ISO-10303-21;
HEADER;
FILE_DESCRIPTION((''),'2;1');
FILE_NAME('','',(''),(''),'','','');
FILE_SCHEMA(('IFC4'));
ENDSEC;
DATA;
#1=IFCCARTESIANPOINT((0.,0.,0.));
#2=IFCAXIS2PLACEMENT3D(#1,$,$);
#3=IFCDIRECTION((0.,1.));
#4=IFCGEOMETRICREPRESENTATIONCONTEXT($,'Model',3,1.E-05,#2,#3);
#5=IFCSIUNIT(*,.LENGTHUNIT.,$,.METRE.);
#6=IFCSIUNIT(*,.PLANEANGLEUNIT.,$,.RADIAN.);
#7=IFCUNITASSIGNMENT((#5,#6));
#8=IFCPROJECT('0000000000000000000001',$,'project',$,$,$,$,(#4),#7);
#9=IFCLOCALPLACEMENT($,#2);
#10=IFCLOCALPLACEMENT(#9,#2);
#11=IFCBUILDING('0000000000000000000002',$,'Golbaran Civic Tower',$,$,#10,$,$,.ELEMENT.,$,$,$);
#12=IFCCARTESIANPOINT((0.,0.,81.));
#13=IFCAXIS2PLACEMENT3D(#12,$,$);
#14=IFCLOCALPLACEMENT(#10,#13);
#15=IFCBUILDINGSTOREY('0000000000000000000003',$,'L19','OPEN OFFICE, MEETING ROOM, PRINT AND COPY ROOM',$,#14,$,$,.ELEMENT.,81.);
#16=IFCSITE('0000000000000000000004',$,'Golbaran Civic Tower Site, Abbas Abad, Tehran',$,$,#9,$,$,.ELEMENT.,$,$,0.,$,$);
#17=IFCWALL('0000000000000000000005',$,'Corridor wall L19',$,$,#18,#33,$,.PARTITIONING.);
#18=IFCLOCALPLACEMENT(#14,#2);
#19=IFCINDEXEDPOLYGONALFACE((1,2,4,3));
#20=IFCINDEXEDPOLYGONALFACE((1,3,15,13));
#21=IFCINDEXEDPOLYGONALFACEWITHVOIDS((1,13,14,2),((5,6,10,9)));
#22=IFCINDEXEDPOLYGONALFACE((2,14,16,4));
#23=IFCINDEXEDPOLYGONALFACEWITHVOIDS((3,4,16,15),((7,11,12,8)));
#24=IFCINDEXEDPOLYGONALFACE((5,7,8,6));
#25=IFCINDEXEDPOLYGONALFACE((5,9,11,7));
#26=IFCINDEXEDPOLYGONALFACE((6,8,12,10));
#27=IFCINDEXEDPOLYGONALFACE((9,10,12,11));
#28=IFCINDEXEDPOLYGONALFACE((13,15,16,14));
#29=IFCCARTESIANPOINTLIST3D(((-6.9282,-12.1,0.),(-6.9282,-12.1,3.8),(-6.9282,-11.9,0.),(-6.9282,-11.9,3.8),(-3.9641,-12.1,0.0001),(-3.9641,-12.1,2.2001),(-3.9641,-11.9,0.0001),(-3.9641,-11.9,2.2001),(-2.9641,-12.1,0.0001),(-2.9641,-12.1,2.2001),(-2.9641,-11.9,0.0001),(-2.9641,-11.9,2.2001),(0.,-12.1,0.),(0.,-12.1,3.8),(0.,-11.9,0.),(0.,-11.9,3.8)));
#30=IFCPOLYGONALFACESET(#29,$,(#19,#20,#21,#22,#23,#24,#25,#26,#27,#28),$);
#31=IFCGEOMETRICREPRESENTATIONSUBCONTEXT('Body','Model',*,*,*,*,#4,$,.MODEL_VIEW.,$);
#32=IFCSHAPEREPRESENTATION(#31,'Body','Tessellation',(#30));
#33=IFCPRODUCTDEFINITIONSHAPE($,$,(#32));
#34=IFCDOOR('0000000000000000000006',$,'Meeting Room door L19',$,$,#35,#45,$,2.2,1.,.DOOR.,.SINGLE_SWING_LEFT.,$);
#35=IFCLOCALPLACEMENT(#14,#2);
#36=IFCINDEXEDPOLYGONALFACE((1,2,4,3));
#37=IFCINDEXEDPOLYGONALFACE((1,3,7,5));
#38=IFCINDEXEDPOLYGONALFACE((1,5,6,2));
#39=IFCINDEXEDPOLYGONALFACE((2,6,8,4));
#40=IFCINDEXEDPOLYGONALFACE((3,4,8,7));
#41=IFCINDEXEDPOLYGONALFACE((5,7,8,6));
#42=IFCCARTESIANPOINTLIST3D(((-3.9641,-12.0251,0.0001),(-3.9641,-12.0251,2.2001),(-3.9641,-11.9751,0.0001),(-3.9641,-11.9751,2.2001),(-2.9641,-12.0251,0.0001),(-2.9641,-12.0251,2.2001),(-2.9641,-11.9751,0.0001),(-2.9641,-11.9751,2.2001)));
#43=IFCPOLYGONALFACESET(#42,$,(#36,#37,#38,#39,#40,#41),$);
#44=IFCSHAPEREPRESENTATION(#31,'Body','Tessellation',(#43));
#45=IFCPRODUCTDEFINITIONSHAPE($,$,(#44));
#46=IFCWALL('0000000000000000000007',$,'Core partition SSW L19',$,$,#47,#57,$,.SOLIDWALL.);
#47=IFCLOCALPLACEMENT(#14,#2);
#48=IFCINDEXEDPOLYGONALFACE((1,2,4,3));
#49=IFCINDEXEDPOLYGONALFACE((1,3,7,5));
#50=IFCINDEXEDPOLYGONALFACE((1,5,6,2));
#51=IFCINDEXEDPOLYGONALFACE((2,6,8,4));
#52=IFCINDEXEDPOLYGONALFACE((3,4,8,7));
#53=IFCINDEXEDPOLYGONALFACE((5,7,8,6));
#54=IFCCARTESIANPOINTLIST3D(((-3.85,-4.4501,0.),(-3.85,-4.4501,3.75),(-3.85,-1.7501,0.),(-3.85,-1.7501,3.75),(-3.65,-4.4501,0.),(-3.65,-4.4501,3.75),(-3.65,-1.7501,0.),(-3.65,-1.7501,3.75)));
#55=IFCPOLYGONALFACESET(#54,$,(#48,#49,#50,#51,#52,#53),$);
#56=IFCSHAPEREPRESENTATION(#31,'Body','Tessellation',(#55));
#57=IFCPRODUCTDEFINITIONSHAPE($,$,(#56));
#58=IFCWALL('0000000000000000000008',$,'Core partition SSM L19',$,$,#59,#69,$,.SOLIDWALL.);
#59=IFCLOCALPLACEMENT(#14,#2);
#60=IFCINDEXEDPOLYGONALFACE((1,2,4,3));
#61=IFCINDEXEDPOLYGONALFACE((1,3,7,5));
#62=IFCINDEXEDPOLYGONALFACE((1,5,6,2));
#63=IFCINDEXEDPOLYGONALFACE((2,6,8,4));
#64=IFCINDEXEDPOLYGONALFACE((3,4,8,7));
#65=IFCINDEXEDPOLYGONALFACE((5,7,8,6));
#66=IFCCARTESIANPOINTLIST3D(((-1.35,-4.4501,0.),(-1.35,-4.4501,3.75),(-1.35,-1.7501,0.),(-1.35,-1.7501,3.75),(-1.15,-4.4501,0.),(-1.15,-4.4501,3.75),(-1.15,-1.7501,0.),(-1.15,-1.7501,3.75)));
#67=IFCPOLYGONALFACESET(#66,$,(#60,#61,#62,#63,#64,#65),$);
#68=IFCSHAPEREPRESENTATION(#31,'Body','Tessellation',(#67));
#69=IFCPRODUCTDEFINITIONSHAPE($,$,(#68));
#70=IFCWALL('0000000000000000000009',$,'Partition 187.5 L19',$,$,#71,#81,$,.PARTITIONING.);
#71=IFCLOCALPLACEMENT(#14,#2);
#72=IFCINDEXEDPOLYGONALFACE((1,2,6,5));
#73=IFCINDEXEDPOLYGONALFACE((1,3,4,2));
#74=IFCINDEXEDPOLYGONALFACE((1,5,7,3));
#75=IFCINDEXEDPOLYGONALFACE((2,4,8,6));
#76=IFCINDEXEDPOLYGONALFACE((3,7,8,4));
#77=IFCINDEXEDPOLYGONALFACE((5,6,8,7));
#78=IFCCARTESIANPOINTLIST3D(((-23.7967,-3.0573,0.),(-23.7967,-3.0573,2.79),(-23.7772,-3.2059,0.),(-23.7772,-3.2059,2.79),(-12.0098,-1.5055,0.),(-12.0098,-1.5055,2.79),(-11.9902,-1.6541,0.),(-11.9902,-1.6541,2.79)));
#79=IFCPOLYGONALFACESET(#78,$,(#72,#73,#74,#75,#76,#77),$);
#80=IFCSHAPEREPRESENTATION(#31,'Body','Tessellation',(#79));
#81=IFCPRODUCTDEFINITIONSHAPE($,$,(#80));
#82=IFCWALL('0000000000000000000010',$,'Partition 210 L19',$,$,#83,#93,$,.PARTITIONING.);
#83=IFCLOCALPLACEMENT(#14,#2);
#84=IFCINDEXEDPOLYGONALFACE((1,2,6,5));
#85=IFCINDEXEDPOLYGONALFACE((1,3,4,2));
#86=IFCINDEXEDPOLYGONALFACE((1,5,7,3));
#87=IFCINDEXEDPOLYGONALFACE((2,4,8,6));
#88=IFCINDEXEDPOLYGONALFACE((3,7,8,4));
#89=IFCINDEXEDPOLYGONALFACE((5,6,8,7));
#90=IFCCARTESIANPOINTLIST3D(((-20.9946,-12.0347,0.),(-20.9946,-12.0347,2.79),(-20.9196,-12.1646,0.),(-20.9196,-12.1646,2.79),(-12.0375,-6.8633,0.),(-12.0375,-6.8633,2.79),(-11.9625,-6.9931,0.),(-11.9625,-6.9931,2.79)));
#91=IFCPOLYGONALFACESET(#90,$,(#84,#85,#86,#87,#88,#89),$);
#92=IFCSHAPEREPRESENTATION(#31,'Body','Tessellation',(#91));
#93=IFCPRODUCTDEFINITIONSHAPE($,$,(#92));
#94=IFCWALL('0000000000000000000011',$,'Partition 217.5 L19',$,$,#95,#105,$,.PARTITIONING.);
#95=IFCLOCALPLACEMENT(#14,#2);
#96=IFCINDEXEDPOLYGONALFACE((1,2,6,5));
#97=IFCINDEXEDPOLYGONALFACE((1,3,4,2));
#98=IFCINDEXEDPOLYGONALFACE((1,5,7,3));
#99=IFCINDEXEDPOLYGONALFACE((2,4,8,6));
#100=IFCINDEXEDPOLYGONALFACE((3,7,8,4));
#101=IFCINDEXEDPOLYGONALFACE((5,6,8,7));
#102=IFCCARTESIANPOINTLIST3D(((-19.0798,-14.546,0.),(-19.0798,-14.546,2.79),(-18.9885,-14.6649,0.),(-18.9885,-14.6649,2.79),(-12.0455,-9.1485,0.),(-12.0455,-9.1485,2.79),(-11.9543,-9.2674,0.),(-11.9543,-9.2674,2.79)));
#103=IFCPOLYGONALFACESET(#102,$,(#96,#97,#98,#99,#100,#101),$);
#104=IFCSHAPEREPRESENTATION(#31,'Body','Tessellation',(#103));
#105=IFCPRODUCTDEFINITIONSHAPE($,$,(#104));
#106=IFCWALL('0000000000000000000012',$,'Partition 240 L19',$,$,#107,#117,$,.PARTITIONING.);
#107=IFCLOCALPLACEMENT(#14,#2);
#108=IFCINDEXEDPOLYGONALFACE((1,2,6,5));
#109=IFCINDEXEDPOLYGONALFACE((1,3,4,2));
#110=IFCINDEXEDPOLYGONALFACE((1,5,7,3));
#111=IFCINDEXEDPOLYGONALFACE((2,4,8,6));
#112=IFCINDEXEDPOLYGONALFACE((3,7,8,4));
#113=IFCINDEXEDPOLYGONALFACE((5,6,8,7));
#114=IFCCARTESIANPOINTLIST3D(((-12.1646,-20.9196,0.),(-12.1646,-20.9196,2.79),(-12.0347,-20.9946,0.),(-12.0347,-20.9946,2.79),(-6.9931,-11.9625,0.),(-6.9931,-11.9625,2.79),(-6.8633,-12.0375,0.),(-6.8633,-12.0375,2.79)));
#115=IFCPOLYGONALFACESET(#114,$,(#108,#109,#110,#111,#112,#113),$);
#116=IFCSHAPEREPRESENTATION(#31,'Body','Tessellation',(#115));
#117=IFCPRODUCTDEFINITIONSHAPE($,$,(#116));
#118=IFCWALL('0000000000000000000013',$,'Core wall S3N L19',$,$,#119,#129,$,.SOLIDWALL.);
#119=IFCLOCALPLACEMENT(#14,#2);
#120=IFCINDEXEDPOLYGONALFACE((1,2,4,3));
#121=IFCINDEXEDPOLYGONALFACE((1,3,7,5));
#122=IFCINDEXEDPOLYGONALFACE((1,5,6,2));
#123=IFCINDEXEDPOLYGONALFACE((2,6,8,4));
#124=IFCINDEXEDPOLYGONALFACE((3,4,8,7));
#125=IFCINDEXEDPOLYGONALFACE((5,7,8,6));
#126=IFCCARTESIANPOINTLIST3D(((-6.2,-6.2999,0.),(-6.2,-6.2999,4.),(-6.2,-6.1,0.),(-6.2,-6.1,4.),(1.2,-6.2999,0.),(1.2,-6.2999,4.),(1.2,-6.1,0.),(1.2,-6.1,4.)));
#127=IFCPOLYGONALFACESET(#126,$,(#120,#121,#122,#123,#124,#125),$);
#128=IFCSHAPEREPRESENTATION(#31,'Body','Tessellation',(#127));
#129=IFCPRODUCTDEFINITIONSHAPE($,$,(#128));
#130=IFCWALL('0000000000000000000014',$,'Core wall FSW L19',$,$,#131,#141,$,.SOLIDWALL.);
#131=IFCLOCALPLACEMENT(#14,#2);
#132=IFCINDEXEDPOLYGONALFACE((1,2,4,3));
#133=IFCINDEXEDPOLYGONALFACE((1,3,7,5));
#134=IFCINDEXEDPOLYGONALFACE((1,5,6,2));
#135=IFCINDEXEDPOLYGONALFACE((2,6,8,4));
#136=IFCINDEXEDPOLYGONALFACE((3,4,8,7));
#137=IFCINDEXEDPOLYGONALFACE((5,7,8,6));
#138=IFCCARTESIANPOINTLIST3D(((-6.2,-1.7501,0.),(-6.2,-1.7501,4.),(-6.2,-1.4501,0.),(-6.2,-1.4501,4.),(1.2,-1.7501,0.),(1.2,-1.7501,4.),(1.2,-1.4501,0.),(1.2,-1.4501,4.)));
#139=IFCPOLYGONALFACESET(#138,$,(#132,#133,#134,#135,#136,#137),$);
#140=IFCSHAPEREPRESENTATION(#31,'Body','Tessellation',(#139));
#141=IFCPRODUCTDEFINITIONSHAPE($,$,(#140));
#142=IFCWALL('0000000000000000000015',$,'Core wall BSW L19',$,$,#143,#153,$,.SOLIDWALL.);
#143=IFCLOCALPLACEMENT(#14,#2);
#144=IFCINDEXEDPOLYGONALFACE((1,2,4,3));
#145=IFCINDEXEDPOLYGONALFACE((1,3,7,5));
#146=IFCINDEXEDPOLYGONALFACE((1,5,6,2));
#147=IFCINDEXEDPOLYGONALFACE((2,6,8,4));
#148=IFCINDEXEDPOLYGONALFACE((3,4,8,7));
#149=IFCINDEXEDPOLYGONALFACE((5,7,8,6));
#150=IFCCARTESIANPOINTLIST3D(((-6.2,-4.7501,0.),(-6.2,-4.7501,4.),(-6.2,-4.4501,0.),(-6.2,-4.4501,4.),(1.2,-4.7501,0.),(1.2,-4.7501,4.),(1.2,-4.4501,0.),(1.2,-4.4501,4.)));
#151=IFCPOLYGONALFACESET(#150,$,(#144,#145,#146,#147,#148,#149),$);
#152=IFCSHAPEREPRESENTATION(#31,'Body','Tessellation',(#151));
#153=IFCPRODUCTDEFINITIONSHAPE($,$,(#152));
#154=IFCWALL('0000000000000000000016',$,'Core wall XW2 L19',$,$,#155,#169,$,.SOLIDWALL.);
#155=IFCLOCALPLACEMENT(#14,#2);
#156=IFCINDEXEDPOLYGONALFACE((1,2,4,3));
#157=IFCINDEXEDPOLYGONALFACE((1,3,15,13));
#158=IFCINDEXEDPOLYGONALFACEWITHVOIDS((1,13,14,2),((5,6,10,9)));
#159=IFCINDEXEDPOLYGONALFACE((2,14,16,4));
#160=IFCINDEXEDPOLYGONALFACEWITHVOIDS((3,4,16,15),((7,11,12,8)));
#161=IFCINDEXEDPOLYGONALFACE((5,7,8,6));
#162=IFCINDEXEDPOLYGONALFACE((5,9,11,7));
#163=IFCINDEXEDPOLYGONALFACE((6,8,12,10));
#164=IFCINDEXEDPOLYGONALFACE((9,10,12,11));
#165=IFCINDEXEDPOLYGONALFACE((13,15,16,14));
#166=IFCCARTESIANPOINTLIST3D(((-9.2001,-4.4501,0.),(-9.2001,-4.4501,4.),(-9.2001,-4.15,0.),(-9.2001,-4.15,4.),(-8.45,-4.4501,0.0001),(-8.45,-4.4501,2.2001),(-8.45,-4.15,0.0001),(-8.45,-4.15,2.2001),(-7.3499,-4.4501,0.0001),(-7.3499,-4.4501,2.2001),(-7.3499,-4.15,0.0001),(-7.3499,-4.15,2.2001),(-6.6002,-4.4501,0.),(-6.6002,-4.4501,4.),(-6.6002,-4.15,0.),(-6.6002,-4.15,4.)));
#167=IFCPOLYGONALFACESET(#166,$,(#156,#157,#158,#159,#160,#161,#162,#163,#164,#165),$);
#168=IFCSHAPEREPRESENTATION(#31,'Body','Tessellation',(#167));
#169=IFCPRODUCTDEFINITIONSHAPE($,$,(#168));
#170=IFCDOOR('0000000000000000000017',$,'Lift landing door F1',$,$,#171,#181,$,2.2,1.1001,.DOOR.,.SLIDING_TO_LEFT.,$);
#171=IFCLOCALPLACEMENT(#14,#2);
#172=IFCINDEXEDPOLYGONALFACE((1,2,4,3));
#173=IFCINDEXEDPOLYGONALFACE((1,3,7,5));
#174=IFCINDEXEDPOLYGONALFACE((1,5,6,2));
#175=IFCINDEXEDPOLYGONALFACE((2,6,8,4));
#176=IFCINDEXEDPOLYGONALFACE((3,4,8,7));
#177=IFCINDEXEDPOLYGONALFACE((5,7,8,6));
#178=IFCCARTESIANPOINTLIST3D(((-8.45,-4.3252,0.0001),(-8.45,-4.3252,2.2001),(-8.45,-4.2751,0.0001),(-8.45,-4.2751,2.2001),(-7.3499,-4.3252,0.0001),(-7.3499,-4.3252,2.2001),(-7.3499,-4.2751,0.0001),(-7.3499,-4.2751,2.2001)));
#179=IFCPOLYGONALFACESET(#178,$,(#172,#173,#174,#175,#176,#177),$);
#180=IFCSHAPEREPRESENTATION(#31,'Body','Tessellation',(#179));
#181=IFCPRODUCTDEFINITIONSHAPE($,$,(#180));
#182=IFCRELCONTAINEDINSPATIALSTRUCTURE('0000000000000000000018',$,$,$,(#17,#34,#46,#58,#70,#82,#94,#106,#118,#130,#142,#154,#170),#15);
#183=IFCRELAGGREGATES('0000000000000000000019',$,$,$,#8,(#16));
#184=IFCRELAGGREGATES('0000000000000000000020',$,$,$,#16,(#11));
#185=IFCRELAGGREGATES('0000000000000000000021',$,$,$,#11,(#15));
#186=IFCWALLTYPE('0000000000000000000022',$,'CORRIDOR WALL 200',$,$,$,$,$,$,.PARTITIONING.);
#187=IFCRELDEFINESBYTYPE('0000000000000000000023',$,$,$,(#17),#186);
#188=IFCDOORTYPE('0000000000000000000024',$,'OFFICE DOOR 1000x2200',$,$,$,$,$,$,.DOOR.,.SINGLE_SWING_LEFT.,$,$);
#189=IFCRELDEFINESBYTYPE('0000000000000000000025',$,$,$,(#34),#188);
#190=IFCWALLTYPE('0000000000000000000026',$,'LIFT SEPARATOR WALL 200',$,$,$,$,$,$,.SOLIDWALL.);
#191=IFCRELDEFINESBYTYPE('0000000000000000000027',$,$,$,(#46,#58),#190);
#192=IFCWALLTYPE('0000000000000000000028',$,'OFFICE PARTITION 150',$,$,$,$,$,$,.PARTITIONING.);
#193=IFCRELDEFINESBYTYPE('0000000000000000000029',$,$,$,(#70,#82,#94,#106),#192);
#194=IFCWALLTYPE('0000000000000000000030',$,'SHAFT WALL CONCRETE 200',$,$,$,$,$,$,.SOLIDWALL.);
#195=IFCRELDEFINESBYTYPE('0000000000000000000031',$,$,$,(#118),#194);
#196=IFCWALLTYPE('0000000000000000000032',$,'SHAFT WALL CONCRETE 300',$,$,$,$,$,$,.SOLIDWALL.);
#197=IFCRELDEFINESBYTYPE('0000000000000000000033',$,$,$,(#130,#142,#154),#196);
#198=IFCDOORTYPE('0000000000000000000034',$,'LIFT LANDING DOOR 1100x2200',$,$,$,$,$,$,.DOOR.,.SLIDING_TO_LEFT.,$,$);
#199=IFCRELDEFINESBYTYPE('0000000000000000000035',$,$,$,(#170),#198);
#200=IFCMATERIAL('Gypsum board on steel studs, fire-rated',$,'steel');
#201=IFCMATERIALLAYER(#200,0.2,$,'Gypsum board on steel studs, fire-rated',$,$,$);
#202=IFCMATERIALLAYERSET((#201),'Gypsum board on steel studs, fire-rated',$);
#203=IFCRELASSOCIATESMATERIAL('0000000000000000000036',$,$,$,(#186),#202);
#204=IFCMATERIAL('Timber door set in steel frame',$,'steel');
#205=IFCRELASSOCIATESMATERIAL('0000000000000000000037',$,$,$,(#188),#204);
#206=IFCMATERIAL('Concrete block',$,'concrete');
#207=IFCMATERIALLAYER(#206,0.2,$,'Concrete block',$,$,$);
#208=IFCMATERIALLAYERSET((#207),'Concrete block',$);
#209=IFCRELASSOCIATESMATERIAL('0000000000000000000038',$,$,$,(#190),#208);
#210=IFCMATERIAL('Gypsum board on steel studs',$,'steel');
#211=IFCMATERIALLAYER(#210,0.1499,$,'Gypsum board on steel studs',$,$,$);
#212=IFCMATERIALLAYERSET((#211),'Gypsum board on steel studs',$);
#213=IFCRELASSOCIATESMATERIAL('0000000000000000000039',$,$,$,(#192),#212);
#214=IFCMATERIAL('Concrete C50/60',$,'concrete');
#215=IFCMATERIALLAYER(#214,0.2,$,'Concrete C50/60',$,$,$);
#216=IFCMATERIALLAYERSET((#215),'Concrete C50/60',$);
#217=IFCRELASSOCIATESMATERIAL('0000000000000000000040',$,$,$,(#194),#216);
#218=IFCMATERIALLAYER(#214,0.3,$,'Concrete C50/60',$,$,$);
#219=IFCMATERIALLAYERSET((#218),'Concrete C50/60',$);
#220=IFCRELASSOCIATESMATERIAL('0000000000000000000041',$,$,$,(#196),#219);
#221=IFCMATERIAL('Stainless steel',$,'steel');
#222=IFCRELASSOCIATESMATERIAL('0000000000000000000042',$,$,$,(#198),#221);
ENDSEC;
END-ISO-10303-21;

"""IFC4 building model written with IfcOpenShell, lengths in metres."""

from ifc_helpers import new_model, si_unit, direction, frame, frame_2d, origin, place, context, subcontext, project, spatial, rectangle, extrude, material, layer, layer_set, type_object, element, fill, save


model = new_model("IFC4")

# Units and contexts
model_context = context("Model", 3, precision=1e-05, world=origin(), true_north=direction((0.0, 1.0)))
body_context = subcontext(model_context, "Body", "Model", "MODEL_VIEW")
ifc_project = project(units=[si_unit("LENGTHUNIT", "METRE"), si_unit("PLANEANGLEUNIT", "RADIAN")], contexts=[model_context])

# Site, building, storey
site_placement = place(None, origin())
site = spatial("IfcSite", under=ifc_project, at=site_placement, Name="Golbaran Civic Tower Site, Abbas Abad, Tehran", CompositionType="ELEMENT", RefElevation=0.0)
building_placement = place(site_placement, origin())
building = spatial("IfcBuilding", under=site, at=building_placement, Name="Golbaran Civic Tower", CompositionType="ELEMENT")
storey_placement = place(building_placement, frame((0.0, 0.0, 81.0)))
storey = spatial("IfcBuildingStorey", under=building, at=storey_placement, Name="L19", Description="OPEN OFFICE, MEETING ROOM, PRINT AND COPY ROOM", CompositionType="ELEMENT", Elevation=81.0)

# Shared definitions
ifc_material_1 = material(Name="Concrete C50/60", Category="concrete")
ifc_material_2 = material(Name="Timber door set in steel frame", Category="steel")
ifc_material_3 = material(Name="Gypsum board on steel studs, fire-rated", Category="steel")
ifc_layer_1 = layer(ifc_material_3, 0.2, Name="Gypsum board on steel studs, fire-rated")
ifc_layer_set_1 = layer_set([ifc_layer_1], Name="Gypsum board on steel studs, fire-rated")
wall_type_1 = type_object("IfcWallType", Name="CORRIDOR WALL 200", PredefinedType="PARTITIONING", material=ifc_layer_set_1)
door_type_1 = type_object("IfcDoorType", Name="OFFICE DOOR 1000x2200", OperationType="SINGLE_SWING_LEFT", PredefinedType="DOOR", material=ifc_material_2)

# Wall, opening, door
wall_1_placement = place(storey_placement, frame((-6.9282, -12.0, 0.0), z_axis=(0.0, 0.0, 1.0), x_axis=(1.0, 0.0, 0.0)))
wall_1 = element("IfcWall", 1, at=wall_1_placement, inside=storey, type_object=wall_type_1, Name="Corridor wall L19", PredefinedType="PARTITIONING", context=body_context, shape_type="SweptSolid", body=[
    extrude(rectangle(XDim=6.9282, YDim=0.2, at=frame_2d((3.4641, 0.0))), origin(), (0.0, 0.0, 1.0), 3.8),
])
opening_1_placement = place(wall_1_placement, frame((2.9641, 0.0, 0.0)))
opening_1 = element("IfcOpeningElement", 2, at=opening_1_placement, cuts=wall_1, PredefinedType="OPENING", context=body_context, shape_type="SweptSolid", body=[
    extrude(rectangle(XDim=1.0, YDim=2.2, at=frame_2d((0.5, 1.1001))), frame((0.0, 0.1099, 0.0), z_axis=(0.0, -1.0, 0.0), x_axis=(1.0, 0.0, 0.0)), (0.0, 0.0, 1.0), 0.22),
])
door_1_placement = place(opening_1_placement, origin())
door_1 = element("IfcDoor", 3, at=door_1_placement, inside=storey, type_object=door_type_1, Name="Meeting Room door L19", OperationType="SINGLE_SWING_LEFT", OverallHeight=2.2, OverallWidth=1.0, PredefinedType="DOOR", context=body_context, shape_type="SweptSolid", body=[
    extrude(rectangle(XDim=1.0, YDim=2.2, at=frame_2d((0.5, 1.1001))), frame((0.0, 0.0249, 0.0), z_axis=(0.0, -1.0, 0.0), x_axis=(1.0, 0.0, 0.0)), (0.0, 0.0, 1.0), 0.05),
])
fill(opening_1, door_1)

# Walls
ifc_material_4 = material(Name="Concrete block", Category="concrete")
ifc_layer_2 = layer(ifc_material_4, 0.2, Name="Concrete block")
ifc_layer_set_2 = layer_set([ifc_layer_2], Name="Concrete block")
wall_type_2 = type_object("IfcWallType", Name="LIFT SEPARATOR WALL 200", PredefinedType="SOLIDWALL", material=ifc_layer_set_2)
for number, where, z_axis, x_axis, name in (
    (4, (-3.75, -1.75, 0.0), (0.0, 0.0, 1.0), (0.0, -1.0, 0.0), "Core partition SSW L19"),
    (5, (-1.25, -1.75, 0.0), (0.0, 0.0, 1.0), (0.0, -1.0, 0.0), "Core partition SSM L19"),
):
    element("IfcWall", number, at=place(storey_placement, frame(where, z_axis=z_axis, x_axis=x_axis)), inside=storey, type_object=wall_type_2, Name=name, PredefinedType="SOLIDWALL", context=body_context, shape_type="SweptSolid", body=[
        extrude(rectangle(XDim=2.7, YDim=0.2, at=frame_2d((1.3501, 0.0))), origin(), (0.0, 0.0, 1.0), 3.75),
    ])
ifc_material_5 = material(Name="Gypsum board on steel studs", Category="steel")
ifc_layer_3 = layer(ifc_material_5, 0.1499, Name="Gypsum board on steel studs")
ifc_layer_set_3 = layer_set([ifc_layer_3], Name="Gypsum board on steel studs")
wall_type_3 = type_object("IfcWallType", Name="OFFICE PARTITION 150", PredefinedType="PARTITIONING", material=ifc_layer_set_3)
wall_2_placement = place(storey_placement, frame((-12.0, -1.5798, 0.0), z_axis=(0.0, 0.0, 1.0), x_axis=(-0.991445, -0.130525, 0.0)))
element("IfcWall", 6, at=wall_2_placement, inside=storey, type_object=wall_type_3, Name="Partition 187.5 L19", PredefinedType="PARTITIONING", context=body_context, shape_type="SweptSolid", body=[
    extrude(rectangle(XDim=11.8887, YDim=0.1499, at=frame_2d((5.9443, 0.0))), origin(), (0.0, 0.0, 1.0), 2.79),
])
wall_3_placement = place(storey_placement, frame((-12.0, -6.9282, 0.0), z_axis=(0.0, 0.0, 1.0), x_axis=(-0.866024, -0.500003, 0.0)))
element("IfcWall", 7, at=wall_3_placement, inside=storey, type_object=wall_type_3, Name="Partition 210 L19", PredefinedType="PARTITIONING", context=body_context, shape_type="SweptSolid", body=[
    extrude(rectangle(XDim=10.3428, YDim=0.1499, at=frame_2d((5.1714, 0.0))), origin(), (0.0, 0.0, 1.0), 2.79),
])
wall_4_placement = place(storey_placement, frame((-12.0, -9.208, 0.0), z_axis=(0.0, 0.0, 1.0), x_axis=(-0.793356, -0.608758, 0.0)))
element("IfcWall", 8, at=wall_4_placement, inside=storey, type_object=wall_type_3, Name="Partition 217.5 L19", PredefinedType="PARTITIONING", context=body_context, shape_type="SweptSolid", body=[
    extrude(rectangle(XDim=8.8665, YDim=0.1499, at=frame_2d((4.4331, 0.0))), origin(), (0.0, 0.0, 1.0), 2.79),
])
wall_5_placement = place(storey_placement, frame((-6.9282, -12.0, 0.0), z_axis=(0.0, 0.0, 1.0), x_axis=(-0.500003, -0.866024, 0.0)))
element("IfcWall", 9, at=wall_5_placement, inside=storey, type_object=wall_type_3, Name="Partition 240 L19", PredefinedType="PARTITIONING", context=body_context, shape_type="SweptSolid", body=[
    extrude(rectangle(XDim=10.3428, YDim=0.1499, at=frame_2d((5.1714, 0.0))), origin(), (0.0, 0.0, 1.0), 2.79),
])
ifc_layer_4 = layer(ifc_material_1, 0.2, Name="Concrete C50/60")
ifc_layer_set_4 = layer_set([ifc_layer_4], Name="Concrete C50/60")
wall_type_4 = type_object("IfcWallType", Name="SHAFT WALL CONCRETE 200", PredefinedType="SOLIDWALL", material=ifc_layer_set_4)
wall_6_placement = place(storey_placement, frame((-6.2, -6.2, 0.0), z_axis=(0.0, 0.0, 1.0), x_axis=(1.0, 0.0, 0.0)))
element("IfcWall", 10, at=wall_6_placement, inside=storey, type_object=wall_type_4, Name="Core wall S3N L19", PredefinedType="SOLIDWALL", context=body_context, shape_type="SweptSolid", body=[
    extrude(rectangle(XDim=7.3999, YDim=0.2, at=frame_2d((3.7, 0.0))), origin(), (0.0, 0.0, 1.0), 4.0),
])
ifc_layer_5 = layer(ifc_material_1, 0.3, Name="Concrete C50/60")
ifc_layer_set_5 = layer_set([ifc_layer_5], Name="Concrete C50/60")
wall_type_5 = type_object("IfcWallType", Name="SHAFT WALL CONCRETE 300", PredefinedType="SOLIDWALL", material=ifc_layer_set_5)
for number, where, z_axis, x_axis, name in (
    (11, (-6.2, -1.6001, 0.0), (0.0, 0.0, 1.0), (1.0, 0.0, 0.0), "Core wall FSW L19"),
    (12, (-6.2, -4.6001, 0.0), (0.0, 0.0, 1.0), (1.0, 0.0, 0.0), "Core wall BSW L19"),
):
    element("IfcWall", number, at=place(storey_placement, frame(where, z_axis=z_axis, x_axis=x_axis)), inside=storey, type_object=wall_type_5, Name=name, PredefinedType="SOLIDWALL", context=body_context, shape_type="SweptSolid", body=[
        extrude(rectangle(XDim=7.3999, YDim=0.3, at=frame_2d((3.7, 0.0))), origin(), (0.0, 0.0, 1.0), 4.0),
    ])

# Wall, opening, door
wall_7_placement = place(storey_placement, frame((-9.2, -4.3, 0.0), z_axis=(0.0, 0.0, 1.0), x_axis=(1.0, 0.0, 0.0)))
wall_7 = element("IfcWall", 13, at=wall_7_placement, inside=storey, type_object=wall_type_5, Name="Core wall XW2 L19", PredefinedType="SOLIDWALL", context=body_context, shape_type="SweptSolid", body=[
    extrude(rectangle(XDim=2.5999, YDim=0.3, at=frame_2d((1.2998, 0.0))), origin(), (0.0, 0.0, 1.0), 4.0),
])
opening_2_placement = place(wall_7_placement, frame((0.75, 0.0, 0.0)))
opening_2 = element("IfcOpeningElement", 14, at=opening_2_placement, cuts=wall_7, PredefinedType="OPENING", context=body_context, shape_type="SweptSolid", body=[
    extrude(rectangle(XDim=1.1001, YDim=2.2, at=frame_2d((0.55, 1.1001))), frame((0.0, 0.1599, 0.0), z_axis=(0.0, -1.0, 0.0), x_axis=(1.0, 0.0, 0.0)), (0.0, 0.0, 1.0), 0.3201),
])
ifc_material_6 = material(Name="Stainless steel", Category="steel")
door_type_2 = type_object("IfcDoorType", Name="LIFT LANDING DOOR 1100x2200", OperationType="SLIDING_TO_LEFT", PredefinedType="DOOR", material=ifc_material_6)
door_2_placement = place(opening_2_placement, origin())
door_2 = element("IfcDoor", 15, at=door_2_placement, inside=storey, type_object=door_type_2, Name="Lift landing door F1", OperationType="SLIDING_TO_LEFT", OverallHeight=2.2, OverallWidth=1.1001, PredefinedType="DOOR", context=body_context, shape_type="SweptSolid", body=[
    extrude(rectangle(XDim=1.1001, YDim=2.2, at=frame_2d((0.55, 1.1001))), frame((0.0, 0.0249, 0.0), z_axis=(0.0, -1.0, 0.0), x_axis=(1.0, 0.0, 0.0)), (0.0, 0.0, 1.0), 0.05),
])
fill(opening_2, door_2)

save(model, "model.ifc")
